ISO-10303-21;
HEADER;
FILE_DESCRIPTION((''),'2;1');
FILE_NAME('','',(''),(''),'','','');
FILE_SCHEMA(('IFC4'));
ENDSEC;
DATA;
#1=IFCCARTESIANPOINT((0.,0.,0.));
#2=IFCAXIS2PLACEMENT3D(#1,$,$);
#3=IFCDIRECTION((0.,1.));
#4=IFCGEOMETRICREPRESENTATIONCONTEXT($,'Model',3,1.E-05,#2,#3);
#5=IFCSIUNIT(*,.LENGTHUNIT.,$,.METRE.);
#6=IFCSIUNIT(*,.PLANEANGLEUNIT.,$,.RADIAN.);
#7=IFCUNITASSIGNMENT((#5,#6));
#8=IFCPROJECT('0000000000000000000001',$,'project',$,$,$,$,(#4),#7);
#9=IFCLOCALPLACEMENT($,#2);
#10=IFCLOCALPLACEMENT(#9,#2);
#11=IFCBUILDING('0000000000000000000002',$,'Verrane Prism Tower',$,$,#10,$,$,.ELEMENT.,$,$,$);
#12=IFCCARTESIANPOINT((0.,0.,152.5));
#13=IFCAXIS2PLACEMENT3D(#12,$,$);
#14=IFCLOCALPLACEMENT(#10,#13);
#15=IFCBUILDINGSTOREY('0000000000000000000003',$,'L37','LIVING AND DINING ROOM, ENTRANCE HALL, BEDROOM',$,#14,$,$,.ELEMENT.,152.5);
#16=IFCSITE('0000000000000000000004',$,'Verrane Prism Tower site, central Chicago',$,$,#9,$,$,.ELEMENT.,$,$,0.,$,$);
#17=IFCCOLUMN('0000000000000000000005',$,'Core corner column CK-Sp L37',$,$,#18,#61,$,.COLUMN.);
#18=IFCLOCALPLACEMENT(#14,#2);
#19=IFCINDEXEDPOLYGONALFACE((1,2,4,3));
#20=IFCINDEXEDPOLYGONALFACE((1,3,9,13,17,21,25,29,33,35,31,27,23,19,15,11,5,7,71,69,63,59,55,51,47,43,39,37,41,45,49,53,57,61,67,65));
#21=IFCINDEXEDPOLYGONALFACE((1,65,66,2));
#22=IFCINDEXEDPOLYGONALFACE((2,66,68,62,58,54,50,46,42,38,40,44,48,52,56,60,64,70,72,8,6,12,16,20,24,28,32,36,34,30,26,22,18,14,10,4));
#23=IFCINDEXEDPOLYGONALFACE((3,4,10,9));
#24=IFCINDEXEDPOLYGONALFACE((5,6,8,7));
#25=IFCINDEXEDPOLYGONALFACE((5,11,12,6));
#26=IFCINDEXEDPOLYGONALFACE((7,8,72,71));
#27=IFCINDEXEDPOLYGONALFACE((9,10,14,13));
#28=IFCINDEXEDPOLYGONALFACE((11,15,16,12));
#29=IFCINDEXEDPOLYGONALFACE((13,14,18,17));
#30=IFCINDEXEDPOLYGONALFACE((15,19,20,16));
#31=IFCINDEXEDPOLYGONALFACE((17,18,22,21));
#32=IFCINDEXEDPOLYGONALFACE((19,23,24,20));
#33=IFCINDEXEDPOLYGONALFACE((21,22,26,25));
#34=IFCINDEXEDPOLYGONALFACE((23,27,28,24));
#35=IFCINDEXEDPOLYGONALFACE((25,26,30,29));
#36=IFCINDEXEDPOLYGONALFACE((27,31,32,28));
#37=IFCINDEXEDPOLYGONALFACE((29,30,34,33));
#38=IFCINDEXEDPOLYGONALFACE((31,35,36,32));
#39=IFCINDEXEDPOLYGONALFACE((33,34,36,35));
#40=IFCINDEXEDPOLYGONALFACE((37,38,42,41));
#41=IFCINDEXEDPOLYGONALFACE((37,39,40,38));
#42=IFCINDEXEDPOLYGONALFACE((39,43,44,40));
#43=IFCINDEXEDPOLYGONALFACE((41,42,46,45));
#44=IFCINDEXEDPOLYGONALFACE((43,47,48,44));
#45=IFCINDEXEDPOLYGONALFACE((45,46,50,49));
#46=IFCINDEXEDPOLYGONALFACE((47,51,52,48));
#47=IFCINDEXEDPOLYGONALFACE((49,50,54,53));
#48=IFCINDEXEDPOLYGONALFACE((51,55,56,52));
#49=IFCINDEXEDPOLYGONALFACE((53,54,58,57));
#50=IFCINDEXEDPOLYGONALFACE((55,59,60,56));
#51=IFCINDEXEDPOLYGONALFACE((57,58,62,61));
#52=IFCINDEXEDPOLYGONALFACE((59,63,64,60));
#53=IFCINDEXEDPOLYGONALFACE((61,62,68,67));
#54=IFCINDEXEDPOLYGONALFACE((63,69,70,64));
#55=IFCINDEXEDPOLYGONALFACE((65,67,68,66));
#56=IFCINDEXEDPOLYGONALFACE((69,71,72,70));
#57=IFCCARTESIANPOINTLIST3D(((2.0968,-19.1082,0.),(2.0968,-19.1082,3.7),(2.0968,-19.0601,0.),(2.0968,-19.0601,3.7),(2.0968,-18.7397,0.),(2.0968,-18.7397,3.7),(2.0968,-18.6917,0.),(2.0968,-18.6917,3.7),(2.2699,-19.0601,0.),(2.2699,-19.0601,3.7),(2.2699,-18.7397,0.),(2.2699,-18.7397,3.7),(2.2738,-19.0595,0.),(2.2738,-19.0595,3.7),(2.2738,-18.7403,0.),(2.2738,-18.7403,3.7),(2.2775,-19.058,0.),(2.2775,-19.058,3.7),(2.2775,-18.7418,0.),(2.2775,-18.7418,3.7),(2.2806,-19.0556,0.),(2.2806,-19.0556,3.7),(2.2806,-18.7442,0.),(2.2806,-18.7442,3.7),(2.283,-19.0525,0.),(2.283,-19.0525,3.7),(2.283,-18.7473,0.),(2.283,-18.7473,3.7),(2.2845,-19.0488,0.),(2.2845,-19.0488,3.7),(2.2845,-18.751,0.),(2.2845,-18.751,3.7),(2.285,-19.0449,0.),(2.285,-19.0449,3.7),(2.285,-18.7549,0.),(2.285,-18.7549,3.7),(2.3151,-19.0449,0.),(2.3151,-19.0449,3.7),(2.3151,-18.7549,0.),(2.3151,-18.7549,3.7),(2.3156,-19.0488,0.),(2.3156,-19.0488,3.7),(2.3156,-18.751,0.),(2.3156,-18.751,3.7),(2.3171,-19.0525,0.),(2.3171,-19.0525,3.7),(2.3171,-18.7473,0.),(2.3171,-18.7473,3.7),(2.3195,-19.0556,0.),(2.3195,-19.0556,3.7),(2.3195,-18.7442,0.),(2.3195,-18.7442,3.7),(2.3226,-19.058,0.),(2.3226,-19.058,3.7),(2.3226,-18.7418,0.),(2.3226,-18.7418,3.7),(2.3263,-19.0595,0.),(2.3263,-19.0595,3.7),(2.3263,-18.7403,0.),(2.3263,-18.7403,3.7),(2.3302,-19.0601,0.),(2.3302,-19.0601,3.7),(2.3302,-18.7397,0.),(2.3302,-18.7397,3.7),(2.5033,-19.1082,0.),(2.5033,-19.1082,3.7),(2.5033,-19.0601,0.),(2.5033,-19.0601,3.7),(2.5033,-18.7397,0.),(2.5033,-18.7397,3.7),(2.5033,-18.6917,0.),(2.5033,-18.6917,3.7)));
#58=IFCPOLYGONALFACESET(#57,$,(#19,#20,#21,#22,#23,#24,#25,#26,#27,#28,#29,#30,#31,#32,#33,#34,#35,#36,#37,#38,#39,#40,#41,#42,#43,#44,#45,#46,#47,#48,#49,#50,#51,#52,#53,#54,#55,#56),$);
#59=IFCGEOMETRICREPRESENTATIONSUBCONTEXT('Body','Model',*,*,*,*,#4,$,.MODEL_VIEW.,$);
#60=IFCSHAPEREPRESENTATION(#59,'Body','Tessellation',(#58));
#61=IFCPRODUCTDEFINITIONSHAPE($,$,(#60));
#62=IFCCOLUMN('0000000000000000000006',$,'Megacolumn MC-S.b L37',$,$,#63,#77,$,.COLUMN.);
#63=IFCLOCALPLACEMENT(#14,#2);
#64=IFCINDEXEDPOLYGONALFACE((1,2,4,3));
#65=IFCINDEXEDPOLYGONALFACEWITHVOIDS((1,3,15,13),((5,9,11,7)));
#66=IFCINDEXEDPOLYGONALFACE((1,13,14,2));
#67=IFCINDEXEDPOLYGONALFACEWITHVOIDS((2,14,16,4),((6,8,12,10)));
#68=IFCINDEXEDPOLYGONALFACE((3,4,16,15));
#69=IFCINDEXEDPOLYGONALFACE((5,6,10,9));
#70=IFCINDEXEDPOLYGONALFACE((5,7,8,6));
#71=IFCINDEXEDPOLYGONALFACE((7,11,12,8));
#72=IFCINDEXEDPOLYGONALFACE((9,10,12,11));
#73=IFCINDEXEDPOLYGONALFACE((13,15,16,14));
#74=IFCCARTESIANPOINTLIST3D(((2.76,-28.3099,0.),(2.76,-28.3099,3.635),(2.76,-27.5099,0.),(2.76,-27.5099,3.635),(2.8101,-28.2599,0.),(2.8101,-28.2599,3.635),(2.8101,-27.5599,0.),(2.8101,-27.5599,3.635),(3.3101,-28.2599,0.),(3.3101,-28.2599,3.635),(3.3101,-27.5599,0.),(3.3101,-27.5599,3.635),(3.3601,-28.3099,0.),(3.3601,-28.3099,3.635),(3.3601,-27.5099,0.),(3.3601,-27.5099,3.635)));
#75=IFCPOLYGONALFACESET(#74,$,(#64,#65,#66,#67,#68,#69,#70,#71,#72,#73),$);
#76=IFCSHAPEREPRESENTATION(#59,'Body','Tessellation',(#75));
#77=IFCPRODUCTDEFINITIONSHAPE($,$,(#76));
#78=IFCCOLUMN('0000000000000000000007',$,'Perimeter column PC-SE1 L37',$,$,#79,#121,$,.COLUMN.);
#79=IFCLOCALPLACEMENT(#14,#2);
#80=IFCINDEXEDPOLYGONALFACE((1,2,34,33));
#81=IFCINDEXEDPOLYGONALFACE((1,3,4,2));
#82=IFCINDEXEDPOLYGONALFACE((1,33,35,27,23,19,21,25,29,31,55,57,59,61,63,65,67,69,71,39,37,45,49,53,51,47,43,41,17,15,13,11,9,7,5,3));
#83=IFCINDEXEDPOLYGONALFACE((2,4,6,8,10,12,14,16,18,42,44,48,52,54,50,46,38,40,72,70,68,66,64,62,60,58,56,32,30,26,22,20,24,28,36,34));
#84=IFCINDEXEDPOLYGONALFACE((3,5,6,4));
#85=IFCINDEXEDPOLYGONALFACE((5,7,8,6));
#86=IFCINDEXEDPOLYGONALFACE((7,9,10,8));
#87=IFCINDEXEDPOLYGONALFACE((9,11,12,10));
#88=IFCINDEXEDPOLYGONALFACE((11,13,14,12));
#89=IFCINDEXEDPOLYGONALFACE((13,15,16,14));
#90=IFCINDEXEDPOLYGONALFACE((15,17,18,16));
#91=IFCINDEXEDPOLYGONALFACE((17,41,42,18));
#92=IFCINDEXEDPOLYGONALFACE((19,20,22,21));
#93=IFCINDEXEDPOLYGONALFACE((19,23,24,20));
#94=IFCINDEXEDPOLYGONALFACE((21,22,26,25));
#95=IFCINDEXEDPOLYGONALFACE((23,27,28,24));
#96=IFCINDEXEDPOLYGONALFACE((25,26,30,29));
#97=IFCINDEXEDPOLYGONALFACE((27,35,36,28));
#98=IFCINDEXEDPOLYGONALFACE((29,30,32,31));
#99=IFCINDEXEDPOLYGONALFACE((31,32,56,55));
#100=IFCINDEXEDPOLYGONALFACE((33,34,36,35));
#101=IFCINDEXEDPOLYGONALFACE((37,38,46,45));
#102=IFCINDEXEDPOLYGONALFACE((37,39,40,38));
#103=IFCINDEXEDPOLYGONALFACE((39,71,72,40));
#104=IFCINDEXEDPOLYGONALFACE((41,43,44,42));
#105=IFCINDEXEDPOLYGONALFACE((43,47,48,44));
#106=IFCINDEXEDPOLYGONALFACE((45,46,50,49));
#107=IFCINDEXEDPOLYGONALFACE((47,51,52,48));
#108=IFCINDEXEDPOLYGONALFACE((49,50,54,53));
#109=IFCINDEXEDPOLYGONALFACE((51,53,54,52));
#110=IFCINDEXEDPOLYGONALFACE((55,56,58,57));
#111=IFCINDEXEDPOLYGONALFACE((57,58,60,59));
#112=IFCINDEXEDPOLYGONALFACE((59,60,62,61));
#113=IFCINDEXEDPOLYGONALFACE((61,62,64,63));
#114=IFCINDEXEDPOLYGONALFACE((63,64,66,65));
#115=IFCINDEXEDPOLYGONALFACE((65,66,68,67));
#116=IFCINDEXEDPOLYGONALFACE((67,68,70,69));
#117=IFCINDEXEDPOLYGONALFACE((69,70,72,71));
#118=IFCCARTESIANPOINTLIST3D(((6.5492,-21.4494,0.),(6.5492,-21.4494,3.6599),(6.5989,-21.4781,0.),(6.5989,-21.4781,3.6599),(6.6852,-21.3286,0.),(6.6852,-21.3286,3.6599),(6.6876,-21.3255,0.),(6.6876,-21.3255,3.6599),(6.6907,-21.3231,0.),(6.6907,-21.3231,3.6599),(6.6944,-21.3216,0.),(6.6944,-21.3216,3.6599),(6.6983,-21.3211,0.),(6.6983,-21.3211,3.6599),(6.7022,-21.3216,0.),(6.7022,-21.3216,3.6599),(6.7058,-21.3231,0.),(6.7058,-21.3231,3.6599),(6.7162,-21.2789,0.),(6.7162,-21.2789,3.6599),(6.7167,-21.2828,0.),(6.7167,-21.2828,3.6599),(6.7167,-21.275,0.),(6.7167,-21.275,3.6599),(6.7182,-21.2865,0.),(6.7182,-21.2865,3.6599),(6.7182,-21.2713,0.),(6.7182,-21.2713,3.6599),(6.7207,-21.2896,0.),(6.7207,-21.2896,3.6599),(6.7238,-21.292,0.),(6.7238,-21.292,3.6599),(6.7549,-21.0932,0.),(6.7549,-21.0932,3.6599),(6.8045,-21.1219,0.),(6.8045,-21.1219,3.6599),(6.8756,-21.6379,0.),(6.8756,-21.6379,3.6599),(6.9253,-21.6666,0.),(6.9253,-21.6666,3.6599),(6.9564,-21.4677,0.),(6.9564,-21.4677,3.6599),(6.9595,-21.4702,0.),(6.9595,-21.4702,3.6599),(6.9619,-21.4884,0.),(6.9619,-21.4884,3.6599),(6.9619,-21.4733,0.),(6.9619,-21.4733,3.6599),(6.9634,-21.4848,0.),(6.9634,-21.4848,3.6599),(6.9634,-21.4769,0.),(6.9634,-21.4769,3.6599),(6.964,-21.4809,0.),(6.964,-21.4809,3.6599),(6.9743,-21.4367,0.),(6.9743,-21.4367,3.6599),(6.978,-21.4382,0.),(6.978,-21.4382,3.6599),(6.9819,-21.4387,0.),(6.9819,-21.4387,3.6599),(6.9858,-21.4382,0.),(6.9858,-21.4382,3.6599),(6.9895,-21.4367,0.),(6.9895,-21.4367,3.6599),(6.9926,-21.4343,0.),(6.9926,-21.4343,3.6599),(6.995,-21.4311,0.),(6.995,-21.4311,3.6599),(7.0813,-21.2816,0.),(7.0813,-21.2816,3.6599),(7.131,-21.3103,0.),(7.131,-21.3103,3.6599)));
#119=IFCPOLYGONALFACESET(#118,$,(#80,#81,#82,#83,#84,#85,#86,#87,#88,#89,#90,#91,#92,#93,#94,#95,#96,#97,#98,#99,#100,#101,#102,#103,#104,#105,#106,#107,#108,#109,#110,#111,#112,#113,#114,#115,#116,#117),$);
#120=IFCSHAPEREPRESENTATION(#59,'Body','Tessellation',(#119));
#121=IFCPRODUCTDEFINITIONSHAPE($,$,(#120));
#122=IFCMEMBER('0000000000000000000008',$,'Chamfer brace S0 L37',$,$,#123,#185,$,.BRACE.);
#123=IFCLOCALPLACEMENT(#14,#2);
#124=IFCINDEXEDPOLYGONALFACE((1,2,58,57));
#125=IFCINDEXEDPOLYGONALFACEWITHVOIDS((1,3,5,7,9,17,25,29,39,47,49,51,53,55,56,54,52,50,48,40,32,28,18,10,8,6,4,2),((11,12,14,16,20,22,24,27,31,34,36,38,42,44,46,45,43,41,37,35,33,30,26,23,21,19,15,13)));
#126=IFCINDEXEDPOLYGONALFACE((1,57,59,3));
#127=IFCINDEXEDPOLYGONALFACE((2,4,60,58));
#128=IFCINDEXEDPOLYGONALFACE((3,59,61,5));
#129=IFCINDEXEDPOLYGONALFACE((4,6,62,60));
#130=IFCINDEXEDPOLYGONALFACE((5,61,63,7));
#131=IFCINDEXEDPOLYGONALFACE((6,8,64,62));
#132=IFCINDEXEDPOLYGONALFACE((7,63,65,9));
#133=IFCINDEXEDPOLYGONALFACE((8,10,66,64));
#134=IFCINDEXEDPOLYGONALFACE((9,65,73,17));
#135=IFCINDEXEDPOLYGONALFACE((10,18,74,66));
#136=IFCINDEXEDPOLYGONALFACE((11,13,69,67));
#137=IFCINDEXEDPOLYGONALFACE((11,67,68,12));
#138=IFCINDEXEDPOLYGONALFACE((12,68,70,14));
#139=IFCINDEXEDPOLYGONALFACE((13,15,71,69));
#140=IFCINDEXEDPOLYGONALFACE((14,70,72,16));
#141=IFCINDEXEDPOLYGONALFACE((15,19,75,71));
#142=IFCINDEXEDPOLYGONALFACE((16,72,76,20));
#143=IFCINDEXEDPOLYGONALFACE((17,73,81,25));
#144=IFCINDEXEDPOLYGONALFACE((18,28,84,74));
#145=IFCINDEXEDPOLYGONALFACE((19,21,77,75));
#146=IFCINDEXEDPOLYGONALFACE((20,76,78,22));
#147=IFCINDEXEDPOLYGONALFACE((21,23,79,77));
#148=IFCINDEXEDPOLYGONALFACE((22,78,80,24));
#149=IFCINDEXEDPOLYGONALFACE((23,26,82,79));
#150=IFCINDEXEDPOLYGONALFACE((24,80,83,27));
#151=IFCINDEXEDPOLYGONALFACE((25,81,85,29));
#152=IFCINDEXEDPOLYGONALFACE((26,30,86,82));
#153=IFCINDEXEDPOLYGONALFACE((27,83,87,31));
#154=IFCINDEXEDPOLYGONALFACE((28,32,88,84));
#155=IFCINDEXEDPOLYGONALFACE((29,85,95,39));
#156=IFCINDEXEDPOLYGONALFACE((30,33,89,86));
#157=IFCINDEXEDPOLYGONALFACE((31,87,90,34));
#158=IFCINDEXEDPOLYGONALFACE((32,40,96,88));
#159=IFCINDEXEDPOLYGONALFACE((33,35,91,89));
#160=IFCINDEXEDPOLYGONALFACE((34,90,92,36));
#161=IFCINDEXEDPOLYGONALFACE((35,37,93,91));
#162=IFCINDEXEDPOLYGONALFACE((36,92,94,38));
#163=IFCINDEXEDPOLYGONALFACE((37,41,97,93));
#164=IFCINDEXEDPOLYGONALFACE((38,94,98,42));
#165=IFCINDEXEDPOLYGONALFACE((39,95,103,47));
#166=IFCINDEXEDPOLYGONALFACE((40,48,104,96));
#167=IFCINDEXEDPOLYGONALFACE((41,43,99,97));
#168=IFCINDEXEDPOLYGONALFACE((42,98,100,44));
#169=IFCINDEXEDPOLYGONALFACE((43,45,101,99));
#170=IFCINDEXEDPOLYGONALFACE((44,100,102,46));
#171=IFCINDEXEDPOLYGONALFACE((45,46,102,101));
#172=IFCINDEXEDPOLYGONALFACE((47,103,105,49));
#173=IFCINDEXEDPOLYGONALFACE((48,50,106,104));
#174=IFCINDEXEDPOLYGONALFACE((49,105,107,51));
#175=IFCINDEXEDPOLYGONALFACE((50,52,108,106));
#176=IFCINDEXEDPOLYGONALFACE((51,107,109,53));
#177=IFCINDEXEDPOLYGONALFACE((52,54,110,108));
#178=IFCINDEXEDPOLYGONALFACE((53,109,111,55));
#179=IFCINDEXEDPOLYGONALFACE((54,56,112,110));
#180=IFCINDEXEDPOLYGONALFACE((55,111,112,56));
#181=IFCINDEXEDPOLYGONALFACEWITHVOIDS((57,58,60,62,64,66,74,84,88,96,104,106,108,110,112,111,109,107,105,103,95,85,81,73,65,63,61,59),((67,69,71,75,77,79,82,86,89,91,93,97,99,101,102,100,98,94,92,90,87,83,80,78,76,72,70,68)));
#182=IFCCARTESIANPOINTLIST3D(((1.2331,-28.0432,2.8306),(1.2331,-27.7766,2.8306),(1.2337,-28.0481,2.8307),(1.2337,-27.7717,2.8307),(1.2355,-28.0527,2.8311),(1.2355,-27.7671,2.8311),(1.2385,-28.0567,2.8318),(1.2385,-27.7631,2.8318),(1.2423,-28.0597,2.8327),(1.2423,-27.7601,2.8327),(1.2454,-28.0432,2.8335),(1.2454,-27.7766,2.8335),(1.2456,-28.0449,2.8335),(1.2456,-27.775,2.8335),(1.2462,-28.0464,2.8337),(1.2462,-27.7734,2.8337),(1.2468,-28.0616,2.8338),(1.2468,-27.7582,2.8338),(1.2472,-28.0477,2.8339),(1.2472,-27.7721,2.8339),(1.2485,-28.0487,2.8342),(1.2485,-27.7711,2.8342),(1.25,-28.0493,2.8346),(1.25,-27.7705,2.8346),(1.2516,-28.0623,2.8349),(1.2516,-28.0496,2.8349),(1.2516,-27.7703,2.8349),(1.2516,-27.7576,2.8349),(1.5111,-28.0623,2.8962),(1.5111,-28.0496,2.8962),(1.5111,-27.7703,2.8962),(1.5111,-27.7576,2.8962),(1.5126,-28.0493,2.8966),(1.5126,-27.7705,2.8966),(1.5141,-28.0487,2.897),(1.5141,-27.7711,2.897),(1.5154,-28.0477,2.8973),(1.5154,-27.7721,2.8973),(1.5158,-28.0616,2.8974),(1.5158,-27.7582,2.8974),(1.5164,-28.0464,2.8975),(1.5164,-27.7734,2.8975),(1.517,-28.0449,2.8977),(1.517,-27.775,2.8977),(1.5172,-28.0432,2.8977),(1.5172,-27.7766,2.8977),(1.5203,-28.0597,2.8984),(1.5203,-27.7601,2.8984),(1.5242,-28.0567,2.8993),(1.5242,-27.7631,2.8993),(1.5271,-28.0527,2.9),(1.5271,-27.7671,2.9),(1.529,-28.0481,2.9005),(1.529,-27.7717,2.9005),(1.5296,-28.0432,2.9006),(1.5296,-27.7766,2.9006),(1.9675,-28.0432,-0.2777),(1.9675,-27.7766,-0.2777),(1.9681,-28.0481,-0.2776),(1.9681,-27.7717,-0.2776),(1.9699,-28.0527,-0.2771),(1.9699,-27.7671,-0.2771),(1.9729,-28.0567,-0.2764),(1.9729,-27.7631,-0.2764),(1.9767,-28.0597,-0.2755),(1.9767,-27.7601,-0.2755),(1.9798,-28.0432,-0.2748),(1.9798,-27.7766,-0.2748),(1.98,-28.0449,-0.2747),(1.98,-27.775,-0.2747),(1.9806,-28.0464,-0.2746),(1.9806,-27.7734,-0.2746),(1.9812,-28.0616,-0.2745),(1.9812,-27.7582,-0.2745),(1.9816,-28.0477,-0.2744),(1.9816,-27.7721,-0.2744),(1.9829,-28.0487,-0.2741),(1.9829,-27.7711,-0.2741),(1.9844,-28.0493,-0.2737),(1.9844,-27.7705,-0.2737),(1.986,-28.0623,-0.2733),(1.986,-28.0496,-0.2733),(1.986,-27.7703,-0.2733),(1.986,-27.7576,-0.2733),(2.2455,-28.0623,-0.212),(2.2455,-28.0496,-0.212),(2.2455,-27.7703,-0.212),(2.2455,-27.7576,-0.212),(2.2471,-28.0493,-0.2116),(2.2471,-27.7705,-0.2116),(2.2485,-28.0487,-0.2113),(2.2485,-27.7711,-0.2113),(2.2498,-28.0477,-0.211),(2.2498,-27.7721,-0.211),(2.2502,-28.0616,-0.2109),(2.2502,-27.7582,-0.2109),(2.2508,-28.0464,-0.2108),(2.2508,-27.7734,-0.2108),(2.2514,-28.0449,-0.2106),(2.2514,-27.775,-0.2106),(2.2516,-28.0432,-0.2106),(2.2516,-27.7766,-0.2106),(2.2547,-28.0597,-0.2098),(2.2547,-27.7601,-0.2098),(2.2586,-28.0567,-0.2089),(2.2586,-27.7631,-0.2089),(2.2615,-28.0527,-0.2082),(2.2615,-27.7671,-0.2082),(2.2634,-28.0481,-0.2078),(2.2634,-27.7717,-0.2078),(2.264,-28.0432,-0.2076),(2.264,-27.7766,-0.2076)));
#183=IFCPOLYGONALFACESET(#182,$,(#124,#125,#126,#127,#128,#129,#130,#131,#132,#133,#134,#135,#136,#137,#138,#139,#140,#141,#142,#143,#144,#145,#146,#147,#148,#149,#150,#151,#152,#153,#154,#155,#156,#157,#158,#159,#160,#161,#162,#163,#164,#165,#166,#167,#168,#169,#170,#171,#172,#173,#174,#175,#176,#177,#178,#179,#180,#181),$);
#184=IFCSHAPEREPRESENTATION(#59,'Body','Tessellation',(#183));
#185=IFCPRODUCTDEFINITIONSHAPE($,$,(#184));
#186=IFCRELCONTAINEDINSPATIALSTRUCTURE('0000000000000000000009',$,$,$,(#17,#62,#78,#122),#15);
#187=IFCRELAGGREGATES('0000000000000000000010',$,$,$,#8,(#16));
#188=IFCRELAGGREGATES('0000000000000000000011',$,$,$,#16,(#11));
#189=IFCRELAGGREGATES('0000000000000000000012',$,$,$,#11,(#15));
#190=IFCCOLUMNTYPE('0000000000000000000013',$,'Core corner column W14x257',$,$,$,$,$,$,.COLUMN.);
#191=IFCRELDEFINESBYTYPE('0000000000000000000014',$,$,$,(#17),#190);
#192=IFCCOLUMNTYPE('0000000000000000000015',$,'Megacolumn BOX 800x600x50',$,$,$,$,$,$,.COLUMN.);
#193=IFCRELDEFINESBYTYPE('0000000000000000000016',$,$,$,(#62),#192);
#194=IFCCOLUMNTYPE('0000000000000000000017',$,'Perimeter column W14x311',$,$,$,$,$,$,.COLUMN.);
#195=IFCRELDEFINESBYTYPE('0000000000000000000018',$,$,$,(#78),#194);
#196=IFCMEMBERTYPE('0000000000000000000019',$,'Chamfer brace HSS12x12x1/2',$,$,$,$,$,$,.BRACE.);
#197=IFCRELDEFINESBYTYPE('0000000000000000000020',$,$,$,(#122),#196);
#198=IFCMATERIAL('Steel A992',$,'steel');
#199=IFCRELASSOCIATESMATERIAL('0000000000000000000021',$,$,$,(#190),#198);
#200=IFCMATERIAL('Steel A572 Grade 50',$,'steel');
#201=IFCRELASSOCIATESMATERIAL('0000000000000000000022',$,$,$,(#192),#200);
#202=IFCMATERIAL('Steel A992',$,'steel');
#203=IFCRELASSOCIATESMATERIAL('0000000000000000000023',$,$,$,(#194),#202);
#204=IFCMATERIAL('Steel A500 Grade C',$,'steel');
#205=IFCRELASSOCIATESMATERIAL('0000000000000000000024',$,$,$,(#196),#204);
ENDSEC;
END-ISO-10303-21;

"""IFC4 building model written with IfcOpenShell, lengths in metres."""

from ifc_helpers import new_model, si_unit, direction, frame, origin, origin_2d, place, context, subcontext, project, spatial, hollow_rectangle, i_section, extrude, material, material_profile, profile_set, type_object, element, save


model = new_model("IFC4")

# Units and contexts
model_context = context("Model", 3, precision=1e-05, world=origin(), true_north=direction((0.0, 1.0)))
body_context = subcontext(model_context, "Body", "Model", "MODEL_VIEW")
ifc_project = project(units=[si_unit("LENGTHUNIT", "METRE"), si_unit("PLANEANGLEUNIT", "RADIAN")], contexts=[model_context])

# Site, building, storey
site_placement = place(None, origin())
site = spatial("IfcSite", under=ifc_project, at=site_placement, Name="Verrane Prism Tower site, central Chicago", CompositionType="ELEMENT", RefElevation=0.0)
building_placement = place(site_placement, origin())
building = spatial("IfcBuilding", under=site, at=building_placement, Name="Verrane Prism Tower", CompositionType="ELEMENT")
storey_placement = place(building_placement, frame((0.0, 0.0, 152.5)))
storey = spatial("IfcBuildingStorey", under=building, at=storey_placement, Name="L37", Description="LIVING AND DINING ROOM, ENTRANCE HALL, BEDROOM", CompositionType="ELEMENT", Elevation=152.5)

# Columns
ifc_material_1 = material(Name="Steel A992", Category="steel")
ifc_material_profile_1 = material_profile(ifc_material_1, i_section(OverallWidth=0.4065, OverallDepth=0.4165, WebThickness=0.03, FlangeThickness=0.0481, FilletRadius=0.0151, at=origin_2d()), Name="W14x257")
ifc_profile_set_1 = profile_set([ifc_material_profile_1], Name="Steel A992")
column_type_1 = type_object("IfcColumnType", Name="Core corner column W14x257", PredefinedType="COLUMN", material=ifc_profile_set_1)
column_1_placement = place(storey_placement, frame((2.3, -18.8999, 0.0), z_axis=(0.0, 0.0, 1.0), x_axis=(-1.0, 0.0, 0.0)))
element("IfcColumn", 1, at=column_1_placement, inside=storey, type_object=column_type_1, Name="Core corner column CK-Sp L37", PredefinedType="COLUMN", context=body_context, shape_type="SweptSolid", body=[
    extrude(i_section(OverallWidth=0.4065, OverallDepth=0.4165, WebThickness=0.03, FlangeThickness=0.0481, FilletRadius=0.0151, at=origin_2d()), origin(), (0.0, 0.0, 1.0), 3.7),
])
ifc_material_2 = material(Name="Steel A572 Grade 50", Category="steel")
ifc_material_profile_2 = material_profile(ifc_material_2, hollow_rectangle(XDim=0.6001, YDim=0.8, WallThickness=0.05, at=origin_2d()), Name="BOX 800x600x50")
ifc_profile_set_2 = profile_set([ifc_material_profile_2], Name="Steel A572 Grade 50")
column_type_2 = type_object("IfcColumnType", Name="Megacolumn BOX 800x600x50", PredefinedType="COLUMN", material=ifc_profile_set_2)
column_2_placement = place(storey_placement, frame((3.0601, -27.9099, 0.0), z_axis=(0.0, 0.0, 1.0), x_axis=(-1.0, 0.0, 0.0)))
element("IfcColumn", 2, at=column_2_placement, inside=storey, type_object=column_type_2, Name="Megacolumn MC-S.b L37", PredefinedType="COLUMN", context=body_context, shape_type="SweptSolid", body=[
    extrude(hollow_rectangle(XDim=0.6001, YDim=0.8, WallThickness=0.05, at=origin_2d()), origin(), (0.0, 0.0, 1.0), 3.635),
])
ifc_material_3 = material(Name="Steel A992", Category="steel")
ifc_material_profile_3 = material_profile(ifc_material_3, i_section(OverallWidth=0.4114, OverallDepth=0.4343, WebThickness=0.0359, FlangeThickness=0.0574, FilletRadius=0.0151, at=origin_2d()), Name="W14x311")
ifc_profile_set_3 = profile_set([ifc_material_profile_3], Name="Steel A992")
column_type_3 = type_object("IfcColumnType", Name="Perimeter column W14x311", PredefinedType="COLUMN", material=ifc_profile_set_3)
column_3_placement = place(storey_placement, frame((6.8401, -21.3799, 0.0), z_axis=(0.0, 0.0, 1.0), x_axis=(-0.5, -0.866025, 0.0)))
element("IfcColumn", 3, at=column_3_placement, inside=storey, type_object=column_type_3, Name="Perimeter column PC-SE1 L37", PredefinedType="COLUMN", context=body_context, shape_type="SweptSolid", body=[
    extrude(i_section(OverallWidth=0.4114, OverallDepth=0.4343, WebThickness=0.0359, FlangeThickness=0.0574, FilletRadius=0.0151, at=origin_2d()), origin(), (0.0, 0.0, 1.0), 3.6599),
])

# Member
ifc_material_4 = material(Name="Steel A500 Grade C", Category="steel")
ifc_material_profile_4 = material_profile(ifc_material_4, hollow_rectangle(XDim=0.3047, YDim=0.3047, WallThickness=0.0127, InnerFilletRadius=0.0063, OuterFilletRadius=0.019, at=origin_2d()), Name="HSS12x12x1/2")
ifc_profile_set_4 = profile_set([ifc_material_profile_4], Name="Steel A500 Grade C")
member_type_1 = type_object("IfcMemberType", Name="Chamfer brace HSS12x12x1/2", PredefinedType="BRACE", material=ifc_profile_set_4)
member_1_placement = place(storey_placement, frame((2.1157, -27.9099, -0.2427), z_axis=(-0.229943, 0.0, 0.973204), x_axis=(0.0, -1.0, 0.0)))
element("IfcMember", 4, at=member_1_placement, inside=storey, type_object=member_type_1, Name="Chamfer brace S0 L37", PredefinedType="BRACE", context=body_context, shape_type="SweptSolid", body=[
    extrude(hollow_rectangle(XDim=0.3047, YDim=0.3047, WallThickness=0.0127, InnerFilletRadius=0.0063, OuterFilletRadius=0.019, at=origin_2d()), origin(), (0.0, 0.0, 1.0), 3.1938),
])

save(model, "model.ifc")
